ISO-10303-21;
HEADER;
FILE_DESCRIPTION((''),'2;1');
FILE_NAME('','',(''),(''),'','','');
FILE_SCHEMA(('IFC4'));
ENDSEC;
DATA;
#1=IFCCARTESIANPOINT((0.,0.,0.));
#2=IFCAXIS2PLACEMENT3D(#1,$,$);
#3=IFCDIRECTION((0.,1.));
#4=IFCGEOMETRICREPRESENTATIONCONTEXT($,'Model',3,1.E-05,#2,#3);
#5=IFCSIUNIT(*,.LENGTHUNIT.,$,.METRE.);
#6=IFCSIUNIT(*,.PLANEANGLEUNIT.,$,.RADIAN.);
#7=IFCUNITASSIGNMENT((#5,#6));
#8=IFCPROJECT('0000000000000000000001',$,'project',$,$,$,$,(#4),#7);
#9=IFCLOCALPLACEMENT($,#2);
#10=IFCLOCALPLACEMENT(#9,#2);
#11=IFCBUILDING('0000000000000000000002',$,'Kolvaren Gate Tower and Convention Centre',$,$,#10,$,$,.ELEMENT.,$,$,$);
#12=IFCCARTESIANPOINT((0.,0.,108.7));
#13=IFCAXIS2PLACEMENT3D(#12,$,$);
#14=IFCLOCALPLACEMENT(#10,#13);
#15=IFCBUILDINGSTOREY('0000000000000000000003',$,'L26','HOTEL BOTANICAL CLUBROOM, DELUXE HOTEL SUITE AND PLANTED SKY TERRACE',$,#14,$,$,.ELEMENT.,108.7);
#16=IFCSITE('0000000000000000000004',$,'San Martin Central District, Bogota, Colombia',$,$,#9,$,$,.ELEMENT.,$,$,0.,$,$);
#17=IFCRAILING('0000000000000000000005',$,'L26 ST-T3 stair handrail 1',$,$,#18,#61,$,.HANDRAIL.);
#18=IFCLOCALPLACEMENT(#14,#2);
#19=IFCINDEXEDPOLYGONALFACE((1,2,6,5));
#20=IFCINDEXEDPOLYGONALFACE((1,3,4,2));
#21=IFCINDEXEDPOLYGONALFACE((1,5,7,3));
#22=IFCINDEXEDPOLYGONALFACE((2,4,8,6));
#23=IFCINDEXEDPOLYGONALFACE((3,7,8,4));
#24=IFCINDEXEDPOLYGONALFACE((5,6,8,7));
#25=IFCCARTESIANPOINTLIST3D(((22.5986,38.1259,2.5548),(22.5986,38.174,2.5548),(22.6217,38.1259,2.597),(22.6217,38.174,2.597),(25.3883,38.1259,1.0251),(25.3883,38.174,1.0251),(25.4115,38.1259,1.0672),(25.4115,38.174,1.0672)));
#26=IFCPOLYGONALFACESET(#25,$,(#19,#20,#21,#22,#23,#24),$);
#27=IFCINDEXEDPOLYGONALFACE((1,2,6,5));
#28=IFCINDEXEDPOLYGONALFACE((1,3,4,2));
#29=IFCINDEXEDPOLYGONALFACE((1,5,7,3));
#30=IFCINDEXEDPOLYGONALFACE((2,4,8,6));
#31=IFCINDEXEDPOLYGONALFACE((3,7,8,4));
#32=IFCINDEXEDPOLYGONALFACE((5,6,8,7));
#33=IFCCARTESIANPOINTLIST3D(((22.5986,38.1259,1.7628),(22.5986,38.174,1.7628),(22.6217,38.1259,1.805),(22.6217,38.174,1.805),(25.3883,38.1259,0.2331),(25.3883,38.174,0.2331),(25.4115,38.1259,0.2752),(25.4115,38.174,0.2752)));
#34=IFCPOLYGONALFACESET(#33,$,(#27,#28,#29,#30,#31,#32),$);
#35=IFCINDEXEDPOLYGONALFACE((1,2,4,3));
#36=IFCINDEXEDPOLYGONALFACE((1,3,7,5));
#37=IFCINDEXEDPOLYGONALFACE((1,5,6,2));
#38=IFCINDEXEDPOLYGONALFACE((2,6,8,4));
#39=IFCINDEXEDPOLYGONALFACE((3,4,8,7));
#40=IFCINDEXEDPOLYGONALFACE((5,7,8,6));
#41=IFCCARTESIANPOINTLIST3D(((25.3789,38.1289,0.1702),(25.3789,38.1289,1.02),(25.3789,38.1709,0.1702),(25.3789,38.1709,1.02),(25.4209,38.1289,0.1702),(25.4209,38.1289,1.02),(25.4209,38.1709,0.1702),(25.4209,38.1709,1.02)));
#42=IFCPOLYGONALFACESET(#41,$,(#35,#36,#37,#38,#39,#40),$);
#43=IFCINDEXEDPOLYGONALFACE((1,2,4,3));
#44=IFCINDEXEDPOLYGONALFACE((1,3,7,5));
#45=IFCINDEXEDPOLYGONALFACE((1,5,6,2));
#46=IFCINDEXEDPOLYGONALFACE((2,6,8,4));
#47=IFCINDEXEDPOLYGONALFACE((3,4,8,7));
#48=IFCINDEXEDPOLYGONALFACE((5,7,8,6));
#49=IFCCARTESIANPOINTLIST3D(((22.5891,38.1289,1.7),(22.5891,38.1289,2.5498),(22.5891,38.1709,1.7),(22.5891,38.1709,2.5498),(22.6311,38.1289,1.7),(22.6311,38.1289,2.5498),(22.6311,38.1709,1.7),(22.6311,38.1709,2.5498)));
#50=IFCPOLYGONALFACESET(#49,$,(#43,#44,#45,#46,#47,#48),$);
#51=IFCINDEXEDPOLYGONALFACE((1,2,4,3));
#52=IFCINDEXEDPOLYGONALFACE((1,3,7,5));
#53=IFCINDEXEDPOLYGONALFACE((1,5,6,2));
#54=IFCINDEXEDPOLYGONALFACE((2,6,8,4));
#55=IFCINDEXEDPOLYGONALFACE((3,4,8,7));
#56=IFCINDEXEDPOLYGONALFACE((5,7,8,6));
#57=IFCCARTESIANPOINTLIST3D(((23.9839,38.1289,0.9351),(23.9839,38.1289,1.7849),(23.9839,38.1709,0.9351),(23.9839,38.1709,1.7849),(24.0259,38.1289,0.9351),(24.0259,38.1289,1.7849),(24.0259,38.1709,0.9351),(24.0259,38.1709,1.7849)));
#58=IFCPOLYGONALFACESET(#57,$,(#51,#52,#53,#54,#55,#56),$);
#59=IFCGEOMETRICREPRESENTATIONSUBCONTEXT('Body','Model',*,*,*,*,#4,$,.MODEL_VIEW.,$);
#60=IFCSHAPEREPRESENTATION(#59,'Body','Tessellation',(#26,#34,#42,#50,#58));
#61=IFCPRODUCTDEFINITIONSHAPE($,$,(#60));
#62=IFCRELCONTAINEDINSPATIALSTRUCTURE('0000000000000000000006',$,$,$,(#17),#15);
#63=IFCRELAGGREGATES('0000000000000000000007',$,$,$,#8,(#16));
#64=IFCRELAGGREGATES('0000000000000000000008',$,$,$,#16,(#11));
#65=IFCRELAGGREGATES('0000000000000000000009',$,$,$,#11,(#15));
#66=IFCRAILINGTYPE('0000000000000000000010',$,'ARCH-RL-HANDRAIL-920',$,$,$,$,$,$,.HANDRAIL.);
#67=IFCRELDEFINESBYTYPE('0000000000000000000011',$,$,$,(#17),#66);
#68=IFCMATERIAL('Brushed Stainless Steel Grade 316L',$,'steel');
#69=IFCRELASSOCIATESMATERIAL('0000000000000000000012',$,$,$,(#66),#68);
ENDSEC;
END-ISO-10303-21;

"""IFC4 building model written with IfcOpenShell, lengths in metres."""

from ifc_helpers import new_model, si_unit, direction, frame, origin, origin_2d, place, context, subcontext, project, spatial, rectangle, extrude, material, type_object, element, save


model = new_model("IFC4")

# Units and contexts
model_context = context("Model", 3, precision=1e-05, world=origin(), true_north=direction((0.0, 1.0)))
body_context = subcontext(model_context, "Body", "Model", "MODEL_VIEW")
ifc_project = project(units=[si_unit("LENGTHUNIT", "METRE"), si_unit("PLANEANGLEUNIT", "RADIAN")], contexts=[model_context])

# Site, building, storey
site_placement = place(None, origin())
site = spatial("IfcSite", under=ifc_project, at=site_placement, Name="San Martin Central District, Bogota, Colombia", CompositionType="ELEMENT", RefElevation=0.0)
building_placement = place(site_placement, origin())
building = spatial("IfcBuilding", under=site, at=building_placement, Name="Kolvaren Gate Tower and Convention Centre", CompositionType="ELEMENT")
storey_placement = place(building_placement, frame((0.0, 0.0, 108.7)))
storey = spatial("IfcBuildingStorey", under=building, at=storey_placement, Name="L26", Description="HOTEL BOTANICAL CLUBROOM, DELUXE HOTEL SUITE AND PLANTED SKY TERRACE", CompositionType="ELEMENT", Elevation=108.7)

# Railing
ifc_material_1 = material(Name="Brushed Stainless Steel Grade 316L", Category="steel")
railing_type_1 = type_object("IfcRailingType", Name="ARCH-RL-HANDRAIL-920", PredefinedType="HANDRAIL", material=ifc_material_1)
railing_1_placement = place(storey_placement, frame((25.3999, 38.1499, 0.1702)))
element("IfcRailing", 1, at=railing_1_placement, inside=storey, type_object=railing_type_1, Name="L26 ST-T3 stair handrail 1", PredefinedType="HANDRAIL", context=body_context, shape_type="SweptSolid", body=[
    extrude(rectangle(XDim=0.0481, YDim=0.0481, at=origin_2d()), frame((0.0, 0.0, 0.876), z_axis=(-0.876826, 0.0, 0.480808), x_axis=(0.0, -1.0, 0.0)), (0.0, 0.0, 1.0), 3.1816),
    extrude(rectangle(XDim=0.0481, YDim=0.0481, at=origin_2d()), frame((0.0, 0.0, 0.084), z_axis=(-0.876826, 0.0, 0.480808), x_axis=(0.0, -1.0, 0.0)), (0.0, 0.0, 1.0), 3.1816),
    extrude(rectangle(XDim=0.042, YDim=0.042, at=origin_2d()), origin(), (0.0, 0.0, 1.0), 0.8499),
    extrude(rectangle(XDim=0.042, YDim=0.042, at=origin_2d()), frame((-2.7898, 0.0, 1.5298)), (0.0, 0.0, 1.0), 0.8499),
    extrude(rectangle(XDim=0.042, YDim=0.042, at=origin_2d()), frame((-1.395, 0.0, 0.7649)), (0.0, 0.0, 1.0), 0.8499),
])

save(model, "model.ifc")
